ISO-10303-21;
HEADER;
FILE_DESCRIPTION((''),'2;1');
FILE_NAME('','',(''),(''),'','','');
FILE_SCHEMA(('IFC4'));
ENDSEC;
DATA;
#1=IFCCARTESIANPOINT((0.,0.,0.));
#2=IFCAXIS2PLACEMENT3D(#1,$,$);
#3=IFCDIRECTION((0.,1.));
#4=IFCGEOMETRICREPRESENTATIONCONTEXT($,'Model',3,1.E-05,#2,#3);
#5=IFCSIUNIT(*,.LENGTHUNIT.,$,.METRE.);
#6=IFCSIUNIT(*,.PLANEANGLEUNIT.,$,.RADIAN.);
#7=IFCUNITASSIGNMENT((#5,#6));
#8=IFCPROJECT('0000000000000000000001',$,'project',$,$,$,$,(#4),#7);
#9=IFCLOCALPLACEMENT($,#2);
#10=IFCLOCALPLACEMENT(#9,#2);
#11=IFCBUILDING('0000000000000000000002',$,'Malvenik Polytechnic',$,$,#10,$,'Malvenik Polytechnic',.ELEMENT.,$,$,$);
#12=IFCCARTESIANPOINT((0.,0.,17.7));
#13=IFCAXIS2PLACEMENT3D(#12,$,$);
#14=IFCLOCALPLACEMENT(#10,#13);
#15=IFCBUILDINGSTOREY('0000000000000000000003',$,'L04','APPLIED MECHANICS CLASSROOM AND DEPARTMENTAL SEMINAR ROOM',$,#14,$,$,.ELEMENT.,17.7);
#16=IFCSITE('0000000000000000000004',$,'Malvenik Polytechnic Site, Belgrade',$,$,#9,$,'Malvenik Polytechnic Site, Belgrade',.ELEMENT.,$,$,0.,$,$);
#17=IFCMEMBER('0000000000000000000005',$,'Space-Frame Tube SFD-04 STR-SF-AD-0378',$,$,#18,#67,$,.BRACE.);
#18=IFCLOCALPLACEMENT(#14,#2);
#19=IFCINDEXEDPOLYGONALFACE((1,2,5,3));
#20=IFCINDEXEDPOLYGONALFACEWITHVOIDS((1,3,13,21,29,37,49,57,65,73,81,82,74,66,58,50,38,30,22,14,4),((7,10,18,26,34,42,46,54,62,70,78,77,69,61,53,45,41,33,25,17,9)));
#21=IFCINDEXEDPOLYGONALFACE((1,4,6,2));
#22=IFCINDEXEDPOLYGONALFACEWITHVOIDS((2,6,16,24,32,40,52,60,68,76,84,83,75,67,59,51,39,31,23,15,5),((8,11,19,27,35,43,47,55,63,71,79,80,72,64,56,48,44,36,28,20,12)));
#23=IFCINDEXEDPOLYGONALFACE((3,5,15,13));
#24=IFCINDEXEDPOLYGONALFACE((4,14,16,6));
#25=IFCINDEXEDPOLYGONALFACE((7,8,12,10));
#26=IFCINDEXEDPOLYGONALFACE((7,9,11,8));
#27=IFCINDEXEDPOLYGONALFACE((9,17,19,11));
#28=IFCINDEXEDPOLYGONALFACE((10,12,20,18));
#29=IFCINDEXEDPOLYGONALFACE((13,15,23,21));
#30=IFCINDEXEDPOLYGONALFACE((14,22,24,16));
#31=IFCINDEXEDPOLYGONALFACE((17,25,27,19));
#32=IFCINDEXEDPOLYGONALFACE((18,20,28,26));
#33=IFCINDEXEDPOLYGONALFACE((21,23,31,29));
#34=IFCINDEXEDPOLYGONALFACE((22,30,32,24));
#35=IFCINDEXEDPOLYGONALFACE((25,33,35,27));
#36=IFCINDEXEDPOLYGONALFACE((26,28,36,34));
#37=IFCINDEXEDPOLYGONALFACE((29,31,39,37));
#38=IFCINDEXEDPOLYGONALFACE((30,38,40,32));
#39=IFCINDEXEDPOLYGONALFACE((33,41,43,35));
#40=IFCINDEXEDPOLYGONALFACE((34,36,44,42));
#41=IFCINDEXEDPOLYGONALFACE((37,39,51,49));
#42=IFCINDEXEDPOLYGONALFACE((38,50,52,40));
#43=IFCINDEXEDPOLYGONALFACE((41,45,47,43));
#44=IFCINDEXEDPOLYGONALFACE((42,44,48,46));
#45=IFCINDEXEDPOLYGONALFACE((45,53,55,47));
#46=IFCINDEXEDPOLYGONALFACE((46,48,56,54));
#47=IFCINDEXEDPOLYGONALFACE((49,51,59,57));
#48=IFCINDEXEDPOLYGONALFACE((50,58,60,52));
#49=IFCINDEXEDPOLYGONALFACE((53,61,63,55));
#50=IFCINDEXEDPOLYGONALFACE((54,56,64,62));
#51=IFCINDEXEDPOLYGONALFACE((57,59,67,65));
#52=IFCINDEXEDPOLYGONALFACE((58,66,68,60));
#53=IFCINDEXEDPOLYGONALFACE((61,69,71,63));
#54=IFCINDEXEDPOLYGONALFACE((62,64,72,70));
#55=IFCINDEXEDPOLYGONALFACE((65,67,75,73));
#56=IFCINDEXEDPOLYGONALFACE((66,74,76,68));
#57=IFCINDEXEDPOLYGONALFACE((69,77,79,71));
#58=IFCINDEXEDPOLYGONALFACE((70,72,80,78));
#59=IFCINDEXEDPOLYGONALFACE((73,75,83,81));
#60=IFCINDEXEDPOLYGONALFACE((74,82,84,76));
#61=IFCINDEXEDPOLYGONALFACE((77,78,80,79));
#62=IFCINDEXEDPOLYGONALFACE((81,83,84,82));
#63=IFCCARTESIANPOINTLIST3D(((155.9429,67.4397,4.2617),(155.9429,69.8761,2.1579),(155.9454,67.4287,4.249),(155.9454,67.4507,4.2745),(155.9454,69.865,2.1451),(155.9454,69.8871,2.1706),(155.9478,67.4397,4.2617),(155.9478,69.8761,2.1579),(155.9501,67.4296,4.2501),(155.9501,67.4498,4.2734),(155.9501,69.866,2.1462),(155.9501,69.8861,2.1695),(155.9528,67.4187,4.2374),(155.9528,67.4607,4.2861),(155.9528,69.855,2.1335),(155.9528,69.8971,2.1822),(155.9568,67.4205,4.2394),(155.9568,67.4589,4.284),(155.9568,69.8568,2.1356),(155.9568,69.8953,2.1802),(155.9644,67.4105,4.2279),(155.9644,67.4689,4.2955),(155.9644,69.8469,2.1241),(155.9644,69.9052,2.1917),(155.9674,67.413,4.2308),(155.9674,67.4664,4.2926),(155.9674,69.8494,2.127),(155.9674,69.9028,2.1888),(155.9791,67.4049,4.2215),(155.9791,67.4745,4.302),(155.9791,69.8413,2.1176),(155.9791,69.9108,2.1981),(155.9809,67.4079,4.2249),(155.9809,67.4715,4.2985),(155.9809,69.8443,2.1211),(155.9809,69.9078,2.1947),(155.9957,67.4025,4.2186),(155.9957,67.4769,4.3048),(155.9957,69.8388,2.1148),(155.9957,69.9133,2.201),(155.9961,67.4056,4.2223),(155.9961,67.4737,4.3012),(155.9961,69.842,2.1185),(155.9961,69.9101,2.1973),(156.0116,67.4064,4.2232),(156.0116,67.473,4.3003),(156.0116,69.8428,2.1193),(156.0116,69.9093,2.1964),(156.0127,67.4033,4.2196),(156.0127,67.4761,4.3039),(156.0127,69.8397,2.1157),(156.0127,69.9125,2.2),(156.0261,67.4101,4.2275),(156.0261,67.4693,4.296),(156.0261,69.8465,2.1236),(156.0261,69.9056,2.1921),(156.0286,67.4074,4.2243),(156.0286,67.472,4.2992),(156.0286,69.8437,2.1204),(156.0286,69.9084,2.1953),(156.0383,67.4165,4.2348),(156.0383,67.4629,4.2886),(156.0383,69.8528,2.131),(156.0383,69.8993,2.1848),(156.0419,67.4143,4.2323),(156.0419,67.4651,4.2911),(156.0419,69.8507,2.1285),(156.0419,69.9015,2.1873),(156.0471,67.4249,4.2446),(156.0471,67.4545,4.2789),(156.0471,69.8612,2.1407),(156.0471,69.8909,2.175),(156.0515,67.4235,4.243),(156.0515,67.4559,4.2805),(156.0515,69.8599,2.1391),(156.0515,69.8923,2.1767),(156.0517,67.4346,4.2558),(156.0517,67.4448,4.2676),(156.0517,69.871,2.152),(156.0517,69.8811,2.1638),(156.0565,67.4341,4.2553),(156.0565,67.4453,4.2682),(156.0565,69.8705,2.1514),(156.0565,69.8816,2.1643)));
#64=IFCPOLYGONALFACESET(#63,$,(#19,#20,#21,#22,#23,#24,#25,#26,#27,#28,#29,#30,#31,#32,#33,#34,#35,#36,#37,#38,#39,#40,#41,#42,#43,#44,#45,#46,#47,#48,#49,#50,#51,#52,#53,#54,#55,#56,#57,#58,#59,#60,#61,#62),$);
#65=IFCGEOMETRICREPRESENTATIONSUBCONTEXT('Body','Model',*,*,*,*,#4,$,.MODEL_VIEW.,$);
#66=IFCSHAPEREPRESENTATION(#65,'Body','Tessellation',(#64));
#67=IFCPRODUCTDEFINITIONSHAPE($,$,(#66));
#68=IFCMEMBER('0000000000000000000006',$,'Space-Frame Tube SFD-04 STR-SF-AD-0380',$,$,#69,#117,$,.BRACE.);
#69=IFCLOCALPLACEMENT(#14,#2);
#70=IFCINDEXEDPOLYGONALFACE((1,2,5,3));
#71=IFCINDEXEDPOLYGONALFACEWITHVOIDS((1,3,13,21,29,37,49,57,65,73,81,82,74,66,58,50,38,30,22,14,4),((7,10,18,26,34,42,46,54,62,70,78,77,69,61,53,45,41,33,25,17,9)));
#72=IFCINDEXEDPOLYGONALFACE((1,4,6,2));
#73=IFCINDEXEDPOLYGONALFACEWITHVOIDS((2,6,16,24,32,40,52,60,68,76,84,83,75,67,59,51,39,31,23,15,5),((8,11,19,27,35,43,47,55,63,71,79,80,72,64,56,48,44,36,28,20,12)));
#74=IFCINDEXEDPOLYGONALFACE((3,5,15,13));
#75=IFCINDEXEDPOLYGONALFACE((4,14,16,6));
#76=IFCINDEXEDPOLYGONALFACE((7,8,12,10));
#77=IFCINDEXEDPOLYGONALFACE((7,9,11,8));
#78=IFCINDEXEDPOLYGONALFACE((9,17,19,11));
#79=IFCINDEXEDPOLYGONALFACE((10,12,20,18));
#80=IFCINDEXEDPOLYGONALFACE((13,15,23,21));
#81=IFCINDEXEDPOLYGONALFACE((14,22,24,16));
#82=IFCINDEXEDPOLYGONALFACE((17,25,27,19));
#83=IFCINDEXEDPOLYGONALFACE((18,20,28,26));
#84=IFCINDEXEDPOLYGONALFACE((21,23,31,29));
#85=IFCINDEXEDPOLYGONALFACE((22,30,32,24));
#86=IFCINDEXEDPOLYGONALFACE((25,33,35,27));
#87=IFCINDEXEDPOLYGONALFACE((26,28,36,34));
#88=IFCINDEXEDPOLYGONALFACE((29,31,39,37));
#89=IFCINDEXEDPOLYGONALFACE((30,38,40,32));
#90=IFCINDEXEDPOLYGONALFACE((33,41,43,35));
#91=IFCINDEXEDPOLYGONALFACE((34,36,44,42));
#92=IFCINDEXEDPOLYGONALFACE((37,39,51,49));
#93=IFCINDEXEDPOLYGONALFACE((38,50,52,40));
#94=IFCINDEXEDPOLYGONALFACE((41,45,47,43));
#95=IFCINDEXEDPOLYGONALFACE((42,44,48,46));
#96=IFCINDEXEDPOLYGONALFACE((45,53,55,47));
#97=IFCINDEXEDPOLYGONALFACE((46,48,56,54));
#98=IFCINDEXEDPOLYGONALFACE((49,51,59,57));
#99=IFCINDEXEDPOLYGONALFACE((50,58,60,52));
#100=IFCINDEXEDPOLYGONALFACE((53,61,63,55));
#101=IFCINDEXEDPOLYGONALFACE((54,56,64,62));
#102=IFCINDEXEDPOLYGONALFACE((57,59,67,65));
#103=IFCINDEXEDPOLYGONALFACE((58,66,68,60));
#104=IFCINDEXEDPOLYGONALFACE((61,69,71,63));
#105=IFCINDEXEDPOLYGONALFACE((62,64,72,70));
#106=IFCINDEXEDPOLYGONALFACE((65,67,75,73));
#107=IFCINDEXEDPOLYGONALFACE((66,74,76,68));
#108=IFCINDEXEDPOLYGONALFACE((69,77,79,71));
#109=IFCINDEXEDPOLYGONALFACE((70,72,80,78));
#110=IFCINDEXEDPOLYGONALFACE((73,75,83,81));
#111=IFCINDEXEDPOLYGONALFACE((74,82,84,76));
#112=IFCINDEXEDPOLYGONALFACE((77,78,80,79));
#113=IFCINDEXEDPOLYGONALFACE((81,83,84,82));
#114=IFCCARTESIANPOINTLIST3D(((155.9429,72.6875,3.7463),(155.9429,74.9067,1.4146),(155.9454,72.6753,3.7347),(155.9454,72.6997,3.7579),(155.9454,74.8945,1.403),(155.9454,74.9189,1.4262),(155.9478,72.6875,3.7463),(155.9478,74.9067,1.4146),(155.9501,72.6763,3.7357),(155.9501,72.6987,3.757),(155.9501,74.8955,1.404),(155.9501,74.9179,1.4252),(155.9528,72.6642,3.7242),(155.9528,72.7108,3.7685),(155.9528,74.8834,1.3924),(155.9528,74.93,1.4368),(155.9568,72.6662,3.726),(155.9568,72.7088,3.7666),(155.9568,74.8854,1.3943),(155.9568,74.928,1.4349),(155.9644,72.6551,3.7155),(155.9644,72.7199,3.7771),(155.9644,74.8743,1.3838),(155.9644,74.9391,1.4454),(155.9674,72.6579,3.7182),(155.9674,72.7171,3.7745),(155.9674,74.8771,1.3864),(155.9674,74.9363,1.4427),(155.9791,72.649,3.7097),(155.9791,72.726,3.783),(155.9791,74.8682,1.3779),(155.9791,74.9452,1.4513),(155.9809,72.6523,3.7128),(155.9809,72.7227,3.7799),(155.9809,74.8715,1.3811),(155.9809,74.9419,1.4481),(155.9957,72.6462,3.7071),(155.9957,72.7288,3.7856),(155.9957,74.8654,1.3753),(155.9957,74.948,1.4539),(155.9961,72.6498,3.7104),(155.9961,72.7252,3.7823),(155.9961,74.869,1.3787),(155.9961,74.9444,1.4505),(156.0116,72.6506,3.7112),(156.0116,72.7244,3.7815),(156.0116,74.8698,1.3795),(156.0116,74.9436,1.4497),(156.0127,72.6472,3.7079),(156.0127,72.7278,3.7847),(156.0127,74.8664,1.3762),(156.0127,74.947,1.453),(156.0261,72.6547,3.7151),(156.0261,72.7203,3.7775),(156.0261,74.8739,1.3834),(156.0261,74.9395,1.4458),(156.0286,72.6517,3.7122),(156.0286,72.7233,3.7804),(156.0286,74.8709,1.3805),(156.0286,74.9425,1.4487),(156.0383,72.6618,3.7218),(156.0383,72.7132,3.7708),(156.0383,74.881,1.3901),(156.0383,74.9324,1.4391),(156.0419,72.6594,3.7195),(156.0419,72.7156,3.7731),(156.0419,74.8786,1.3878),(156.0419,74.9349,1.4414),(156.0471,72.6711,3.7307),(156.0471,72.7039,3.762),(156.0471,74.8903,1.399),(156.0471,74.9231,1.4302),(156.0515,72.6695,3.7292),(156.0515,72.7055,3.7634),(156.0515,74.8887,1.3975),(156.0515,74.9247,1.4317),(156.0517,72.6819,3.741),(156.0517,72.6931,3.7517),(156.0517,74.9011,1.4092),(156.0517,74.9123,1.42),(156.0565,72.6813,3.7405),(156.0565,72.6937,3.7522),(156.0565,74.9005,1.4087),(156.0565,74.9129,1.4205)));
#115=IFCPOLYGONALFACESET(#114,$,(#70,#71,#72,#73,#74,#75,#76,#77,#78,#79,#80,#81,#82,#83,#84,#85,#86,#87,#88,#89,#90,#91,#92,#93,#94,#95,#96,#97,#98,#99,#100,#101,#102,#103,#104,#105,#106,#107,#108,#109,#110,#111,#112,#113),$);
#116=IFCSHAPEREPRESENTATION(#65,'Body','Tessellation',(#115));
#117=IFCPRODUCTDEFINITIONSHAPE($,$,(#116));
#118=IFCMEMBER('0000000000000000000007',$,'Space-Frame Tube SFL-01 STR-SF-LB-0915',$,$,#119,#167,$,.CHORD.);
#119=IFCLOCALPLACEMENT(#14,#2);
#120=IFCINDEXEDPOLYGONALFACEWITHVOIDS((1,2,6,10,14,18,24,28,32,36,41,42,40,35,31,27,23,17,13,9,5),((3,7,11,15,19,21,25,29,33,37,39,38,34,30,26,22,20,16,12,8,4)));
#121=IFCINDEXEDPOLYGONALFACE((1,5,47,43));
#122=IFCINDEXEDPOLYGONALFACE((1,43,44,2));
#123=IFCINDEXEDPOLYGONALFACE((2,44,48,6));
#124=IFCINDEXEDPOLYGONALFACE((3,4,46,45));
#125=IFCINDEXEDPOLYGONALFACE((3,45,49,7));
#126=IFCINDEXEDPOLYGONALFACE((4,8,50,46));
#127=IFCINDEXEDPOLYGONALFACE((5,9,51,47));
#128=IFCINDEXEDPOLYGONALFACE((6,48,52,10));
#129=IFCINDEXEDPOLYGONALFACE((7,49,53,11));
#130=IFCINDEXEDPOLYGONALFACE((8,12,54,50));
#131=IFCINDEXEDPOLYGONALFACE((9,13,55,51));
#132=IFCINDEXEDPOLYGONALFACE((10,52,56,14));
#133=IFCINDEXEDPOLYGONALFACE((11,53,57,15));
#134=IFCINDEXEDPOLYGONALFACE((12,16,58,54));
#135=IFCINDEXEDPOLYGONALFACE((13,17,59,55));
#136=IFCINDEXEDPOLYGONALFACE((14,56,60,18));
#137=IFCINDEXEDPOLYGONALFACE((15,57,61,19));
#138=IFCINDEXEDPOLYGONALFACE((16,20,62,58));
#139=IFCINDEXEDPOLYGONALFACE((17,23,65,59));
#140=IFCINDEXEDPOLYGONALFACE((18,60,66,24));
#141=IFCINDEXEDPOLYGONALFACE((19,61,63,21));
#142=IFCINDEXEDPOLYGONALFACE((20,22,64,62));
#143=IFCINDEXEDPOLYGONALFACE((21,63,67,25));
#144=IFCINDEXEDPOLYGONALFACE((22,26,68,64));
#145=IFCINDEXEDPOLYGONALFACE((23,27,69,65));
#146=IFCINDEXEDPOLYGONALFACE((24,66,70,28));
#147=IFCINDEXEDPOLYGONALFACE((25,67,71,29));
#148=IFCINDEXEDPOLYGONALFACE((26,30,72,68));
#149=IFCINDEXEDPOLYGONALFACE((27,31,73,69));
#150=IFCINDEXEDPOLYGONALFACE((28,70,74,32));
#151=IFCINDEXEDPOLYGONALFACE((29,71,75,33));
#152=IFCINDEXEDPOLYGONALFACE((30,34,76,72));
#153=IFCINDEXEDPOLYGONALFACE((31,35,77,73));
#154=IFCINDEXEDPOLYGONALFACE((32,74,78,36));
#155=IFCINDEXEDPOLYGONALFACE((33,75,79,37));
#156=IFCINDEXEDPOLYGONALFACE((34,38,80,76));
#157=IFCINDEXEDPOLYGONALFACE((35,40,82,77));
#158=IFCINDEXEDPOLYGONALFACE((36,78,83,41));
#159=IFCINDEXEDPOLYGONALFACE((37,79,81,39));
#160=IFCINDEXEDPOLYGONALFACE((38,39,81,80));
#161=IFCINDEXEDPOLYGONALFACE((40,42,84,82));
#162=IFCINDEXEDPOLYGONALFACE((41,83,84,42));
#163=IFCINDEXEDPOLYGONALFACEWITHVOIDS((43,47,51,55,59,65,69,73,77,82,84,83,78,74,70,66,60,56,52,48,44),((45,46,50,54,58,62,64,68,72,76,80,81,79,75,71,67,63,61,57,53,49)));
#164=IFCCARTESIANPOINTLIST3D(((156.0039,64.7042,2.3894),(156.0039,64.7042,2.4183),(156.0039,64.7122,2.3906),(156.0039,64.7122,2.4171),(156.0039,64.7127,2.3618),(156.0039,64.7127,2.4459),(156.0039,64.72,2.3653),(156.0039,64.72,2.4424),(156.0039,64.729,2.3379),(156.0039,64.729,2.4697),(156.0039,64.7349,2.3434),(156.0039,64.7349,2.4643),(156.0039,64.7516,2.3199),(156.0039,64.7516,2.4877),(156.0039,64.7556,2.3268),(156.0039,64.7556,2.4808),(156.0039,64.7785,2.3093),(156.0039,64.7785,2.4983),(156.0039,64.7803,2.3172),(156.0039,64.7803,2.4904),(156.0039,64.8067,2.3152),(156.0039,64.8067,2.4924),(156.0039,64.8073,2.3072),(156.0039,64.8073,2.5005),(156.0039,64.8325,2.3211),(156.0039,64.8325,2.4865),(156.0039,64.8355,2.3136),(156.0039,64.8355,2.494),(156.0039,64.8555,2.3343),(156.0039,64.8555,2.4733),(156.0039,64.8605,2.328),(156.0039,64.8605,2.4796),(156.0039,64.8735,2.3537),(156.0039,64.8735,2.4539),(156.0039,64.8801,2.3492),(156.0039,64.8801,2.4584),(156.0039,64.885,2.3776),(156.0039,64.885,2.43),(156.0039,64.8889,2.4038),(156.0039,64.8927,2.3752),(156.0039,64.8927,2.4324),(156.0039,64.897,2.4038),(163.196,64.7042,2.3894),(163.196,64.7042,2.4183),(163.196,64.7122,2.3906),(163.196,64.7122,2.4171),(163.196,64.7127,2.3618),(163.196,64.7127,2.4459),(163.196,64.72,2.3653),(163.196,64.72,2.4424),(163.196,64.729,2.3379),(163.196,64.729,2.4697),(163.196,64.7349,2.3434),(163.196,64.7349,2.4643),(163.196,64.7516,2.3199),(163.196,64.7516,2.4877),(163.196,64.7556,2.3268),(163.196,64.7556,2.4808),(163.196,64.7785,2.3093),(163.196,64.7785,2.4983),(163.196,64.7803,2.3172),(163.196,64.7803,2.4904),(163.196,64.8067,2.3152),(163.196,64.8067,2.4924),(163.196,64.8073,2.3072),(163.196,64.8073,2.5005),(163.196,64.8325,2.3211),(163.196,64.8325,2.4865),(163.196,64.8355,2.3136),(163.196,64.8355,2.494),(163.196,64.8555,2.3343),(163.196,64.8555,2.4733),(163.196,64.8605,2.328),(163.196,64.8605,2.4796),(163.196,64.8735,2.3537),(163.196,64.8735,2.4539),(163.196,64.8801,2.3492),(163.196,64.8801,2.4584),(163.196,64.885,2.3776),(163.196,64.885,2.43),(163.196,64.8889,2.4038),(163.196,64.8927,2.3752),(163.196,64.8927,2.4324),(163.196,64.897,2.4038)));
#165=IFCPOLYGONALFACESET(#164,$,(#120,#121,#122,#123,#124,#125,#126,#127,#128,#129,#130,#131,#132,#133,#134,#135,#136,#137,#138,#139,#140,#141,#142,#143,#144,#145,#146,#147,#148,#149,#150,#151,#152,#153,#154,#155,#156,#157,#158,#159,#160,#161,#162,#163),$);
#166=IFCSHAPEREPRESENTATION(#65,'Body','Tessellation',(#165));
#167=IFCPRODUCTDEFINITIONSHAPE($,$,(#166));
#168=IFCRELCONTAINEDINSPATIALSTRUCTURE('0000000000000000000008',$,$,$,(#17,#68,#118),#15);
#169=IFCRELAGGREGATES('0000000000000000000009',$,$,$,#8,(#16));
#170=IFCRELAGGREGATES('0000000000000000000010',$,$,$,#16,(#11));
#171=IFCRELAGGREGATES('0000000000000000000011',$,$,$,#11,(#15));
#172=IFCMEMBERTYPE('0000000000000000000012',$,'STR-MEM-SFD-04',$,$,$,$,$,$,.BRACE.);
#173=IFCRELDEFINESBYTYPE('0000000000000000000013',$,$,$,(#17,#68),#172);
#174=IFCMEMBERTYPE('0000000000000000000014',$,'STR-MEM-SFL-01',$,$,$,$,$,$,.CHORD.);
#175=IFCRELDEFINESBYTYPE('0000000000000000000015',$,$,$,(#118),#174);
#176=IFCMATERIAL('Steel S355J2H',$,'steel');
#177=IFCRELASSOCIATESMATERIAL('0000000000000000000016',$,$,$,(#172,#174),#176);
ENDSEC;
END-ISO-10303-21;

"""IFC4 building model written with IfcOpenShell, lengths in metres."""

from ifc_helpers import new_model, si_unit, direction, frame, origin, origin_2d, place, context, subcontext, project, spatial, hollow_circle, extrude, material, material_profile, profile_set, type_object, element, save


model = new_model("IFC4")

# Units and contexts
model_context = context("Model", 3, precision=1e-05, world=origin(), true_north=direction((0.0, 1.0)))
body_context = subcontext(model_context, "Body", "Model", "MODEL_VIEW")
ifc_project = project(units=[si_unit("LENGTHUNIT", "METRE"), si_unit("PLANEANGLEUNIT", "RADIAN")], contexts=[model_context])

# Site, building, storey
site_placement = place(None, origin())
site = spatial("IfcSite", under=ifc_project, at=site_placement, Name="Malvenik Polytechnic Site, Belgrade", LongName="Malvenik Polytechnic Site, Belgrade", CompositionType="ELEMENT", RefElevation=0.0)
building_placement = place(site_placement, origin())
building = spatial("IfcBuilding", under=site, at=building_placement, Name="Malvenik Polytechnic", LongName="Malvenik Polytechnic", CompositionType="ELEMENT")
storey_placement = place(building_placement, frame((0.0, 0.0, 17.7)))
storey = spatial("IfcBuildingStorey", under=building, at=storey_placement, Name="L04", Description="APPLIED MECHANICS CLASSROOM AND DEPARTMENTAL SEMINAR ROOM", CompositionType="ELEMENT", Elevation=17.7)

# Members
ifc_material_1 = material(Name="Steel S355J2H", Category="steel")
ifc_material_profile_1 = material_profile(ifc_material_1, hollow_circle(Radius=0.0571, WallThickness=0.0049, at=origin_2d()), Name="CHS 114.3x5.0")
ifc_profile_set_1 = profile_set([ifc_material_profile_1], Name="Steel S355J2H")
member_type_1 = type_object("IfcMemberType", Name="STR-MEM-SFD-04", PredefinedType="BRACE", material=ifc_profile_set_1)
for number, where, z_axis, x_axis, name in (
    (1, (156.0, 67.4397, 4.2617), (0.0, 0.756869, -0.653567), (-1.0, 0.0, 0.0), "Space-Frame Tube SFD-04 STR-SF-AD-0378"),
    (2, (156.0, 72.6875, 3.7463), (0.0, 0.689409, -0.724372), (-1.0, 0.0, 0.0), "Space-Frame Tube SFD-04 STR-SF-AD-0380"),
):
    element("IfcMember", number, at=place(storey_placement, frame(where, z_axis=z_axis, x_axis=x_axis)), inside=storey, type_object=member_type_1, Name=name, PredefinedType="BRACE", context=body_context, shape_type="SweptSolid", body=[
        extrude(hollow_circle(Radius=0.0571, WallThickness=0.0049, at=origin_2d()), origin(), (0.0, 0.0, 1.0), 3.219),
    ])
ifc_material_profile_2 = material_profile(ifc_material_1, hollow_circle(Radius=0.0969, WallThickness=0.0081, at=origin_2d()), Name="CHS 193.7x8.0")
ifc_profile_set_2 = profile_set([ifc_material_profile_2], Name="Steel S355J2H")
member_type_2 = type_object("IfcMemberType", Name="STR-MEM-SFL-01", PredefinedType="CHORD", material=ifc_profile_set_2)
for number, where, z_axis, x_axis, name in (
    (3, (156.0039, 64.8, 2.4038), (1.0, 0.0, 0.0), (0.0, 1.0, 0.0), "Space-Frame Tube SFL-01 STR-SF-LB-0915"),
):
    element("IfcMember", number, at=place(storey_placement, frame(where, z_axis=z_axis, x_axis=x_axis)), inside=storey, type_object=member_type_2, Name=name, PredefinedType="CHORD", context=body_context, shape_type="SweptSolid", body=[
        extrude(hollow_circle(Radius=0.0969, WallThickness=0.0081, at=origin_2d()), origin(), (0.0, 0.0, 1.0), 7.1921),
    ])

save(model, "model.ifc")
